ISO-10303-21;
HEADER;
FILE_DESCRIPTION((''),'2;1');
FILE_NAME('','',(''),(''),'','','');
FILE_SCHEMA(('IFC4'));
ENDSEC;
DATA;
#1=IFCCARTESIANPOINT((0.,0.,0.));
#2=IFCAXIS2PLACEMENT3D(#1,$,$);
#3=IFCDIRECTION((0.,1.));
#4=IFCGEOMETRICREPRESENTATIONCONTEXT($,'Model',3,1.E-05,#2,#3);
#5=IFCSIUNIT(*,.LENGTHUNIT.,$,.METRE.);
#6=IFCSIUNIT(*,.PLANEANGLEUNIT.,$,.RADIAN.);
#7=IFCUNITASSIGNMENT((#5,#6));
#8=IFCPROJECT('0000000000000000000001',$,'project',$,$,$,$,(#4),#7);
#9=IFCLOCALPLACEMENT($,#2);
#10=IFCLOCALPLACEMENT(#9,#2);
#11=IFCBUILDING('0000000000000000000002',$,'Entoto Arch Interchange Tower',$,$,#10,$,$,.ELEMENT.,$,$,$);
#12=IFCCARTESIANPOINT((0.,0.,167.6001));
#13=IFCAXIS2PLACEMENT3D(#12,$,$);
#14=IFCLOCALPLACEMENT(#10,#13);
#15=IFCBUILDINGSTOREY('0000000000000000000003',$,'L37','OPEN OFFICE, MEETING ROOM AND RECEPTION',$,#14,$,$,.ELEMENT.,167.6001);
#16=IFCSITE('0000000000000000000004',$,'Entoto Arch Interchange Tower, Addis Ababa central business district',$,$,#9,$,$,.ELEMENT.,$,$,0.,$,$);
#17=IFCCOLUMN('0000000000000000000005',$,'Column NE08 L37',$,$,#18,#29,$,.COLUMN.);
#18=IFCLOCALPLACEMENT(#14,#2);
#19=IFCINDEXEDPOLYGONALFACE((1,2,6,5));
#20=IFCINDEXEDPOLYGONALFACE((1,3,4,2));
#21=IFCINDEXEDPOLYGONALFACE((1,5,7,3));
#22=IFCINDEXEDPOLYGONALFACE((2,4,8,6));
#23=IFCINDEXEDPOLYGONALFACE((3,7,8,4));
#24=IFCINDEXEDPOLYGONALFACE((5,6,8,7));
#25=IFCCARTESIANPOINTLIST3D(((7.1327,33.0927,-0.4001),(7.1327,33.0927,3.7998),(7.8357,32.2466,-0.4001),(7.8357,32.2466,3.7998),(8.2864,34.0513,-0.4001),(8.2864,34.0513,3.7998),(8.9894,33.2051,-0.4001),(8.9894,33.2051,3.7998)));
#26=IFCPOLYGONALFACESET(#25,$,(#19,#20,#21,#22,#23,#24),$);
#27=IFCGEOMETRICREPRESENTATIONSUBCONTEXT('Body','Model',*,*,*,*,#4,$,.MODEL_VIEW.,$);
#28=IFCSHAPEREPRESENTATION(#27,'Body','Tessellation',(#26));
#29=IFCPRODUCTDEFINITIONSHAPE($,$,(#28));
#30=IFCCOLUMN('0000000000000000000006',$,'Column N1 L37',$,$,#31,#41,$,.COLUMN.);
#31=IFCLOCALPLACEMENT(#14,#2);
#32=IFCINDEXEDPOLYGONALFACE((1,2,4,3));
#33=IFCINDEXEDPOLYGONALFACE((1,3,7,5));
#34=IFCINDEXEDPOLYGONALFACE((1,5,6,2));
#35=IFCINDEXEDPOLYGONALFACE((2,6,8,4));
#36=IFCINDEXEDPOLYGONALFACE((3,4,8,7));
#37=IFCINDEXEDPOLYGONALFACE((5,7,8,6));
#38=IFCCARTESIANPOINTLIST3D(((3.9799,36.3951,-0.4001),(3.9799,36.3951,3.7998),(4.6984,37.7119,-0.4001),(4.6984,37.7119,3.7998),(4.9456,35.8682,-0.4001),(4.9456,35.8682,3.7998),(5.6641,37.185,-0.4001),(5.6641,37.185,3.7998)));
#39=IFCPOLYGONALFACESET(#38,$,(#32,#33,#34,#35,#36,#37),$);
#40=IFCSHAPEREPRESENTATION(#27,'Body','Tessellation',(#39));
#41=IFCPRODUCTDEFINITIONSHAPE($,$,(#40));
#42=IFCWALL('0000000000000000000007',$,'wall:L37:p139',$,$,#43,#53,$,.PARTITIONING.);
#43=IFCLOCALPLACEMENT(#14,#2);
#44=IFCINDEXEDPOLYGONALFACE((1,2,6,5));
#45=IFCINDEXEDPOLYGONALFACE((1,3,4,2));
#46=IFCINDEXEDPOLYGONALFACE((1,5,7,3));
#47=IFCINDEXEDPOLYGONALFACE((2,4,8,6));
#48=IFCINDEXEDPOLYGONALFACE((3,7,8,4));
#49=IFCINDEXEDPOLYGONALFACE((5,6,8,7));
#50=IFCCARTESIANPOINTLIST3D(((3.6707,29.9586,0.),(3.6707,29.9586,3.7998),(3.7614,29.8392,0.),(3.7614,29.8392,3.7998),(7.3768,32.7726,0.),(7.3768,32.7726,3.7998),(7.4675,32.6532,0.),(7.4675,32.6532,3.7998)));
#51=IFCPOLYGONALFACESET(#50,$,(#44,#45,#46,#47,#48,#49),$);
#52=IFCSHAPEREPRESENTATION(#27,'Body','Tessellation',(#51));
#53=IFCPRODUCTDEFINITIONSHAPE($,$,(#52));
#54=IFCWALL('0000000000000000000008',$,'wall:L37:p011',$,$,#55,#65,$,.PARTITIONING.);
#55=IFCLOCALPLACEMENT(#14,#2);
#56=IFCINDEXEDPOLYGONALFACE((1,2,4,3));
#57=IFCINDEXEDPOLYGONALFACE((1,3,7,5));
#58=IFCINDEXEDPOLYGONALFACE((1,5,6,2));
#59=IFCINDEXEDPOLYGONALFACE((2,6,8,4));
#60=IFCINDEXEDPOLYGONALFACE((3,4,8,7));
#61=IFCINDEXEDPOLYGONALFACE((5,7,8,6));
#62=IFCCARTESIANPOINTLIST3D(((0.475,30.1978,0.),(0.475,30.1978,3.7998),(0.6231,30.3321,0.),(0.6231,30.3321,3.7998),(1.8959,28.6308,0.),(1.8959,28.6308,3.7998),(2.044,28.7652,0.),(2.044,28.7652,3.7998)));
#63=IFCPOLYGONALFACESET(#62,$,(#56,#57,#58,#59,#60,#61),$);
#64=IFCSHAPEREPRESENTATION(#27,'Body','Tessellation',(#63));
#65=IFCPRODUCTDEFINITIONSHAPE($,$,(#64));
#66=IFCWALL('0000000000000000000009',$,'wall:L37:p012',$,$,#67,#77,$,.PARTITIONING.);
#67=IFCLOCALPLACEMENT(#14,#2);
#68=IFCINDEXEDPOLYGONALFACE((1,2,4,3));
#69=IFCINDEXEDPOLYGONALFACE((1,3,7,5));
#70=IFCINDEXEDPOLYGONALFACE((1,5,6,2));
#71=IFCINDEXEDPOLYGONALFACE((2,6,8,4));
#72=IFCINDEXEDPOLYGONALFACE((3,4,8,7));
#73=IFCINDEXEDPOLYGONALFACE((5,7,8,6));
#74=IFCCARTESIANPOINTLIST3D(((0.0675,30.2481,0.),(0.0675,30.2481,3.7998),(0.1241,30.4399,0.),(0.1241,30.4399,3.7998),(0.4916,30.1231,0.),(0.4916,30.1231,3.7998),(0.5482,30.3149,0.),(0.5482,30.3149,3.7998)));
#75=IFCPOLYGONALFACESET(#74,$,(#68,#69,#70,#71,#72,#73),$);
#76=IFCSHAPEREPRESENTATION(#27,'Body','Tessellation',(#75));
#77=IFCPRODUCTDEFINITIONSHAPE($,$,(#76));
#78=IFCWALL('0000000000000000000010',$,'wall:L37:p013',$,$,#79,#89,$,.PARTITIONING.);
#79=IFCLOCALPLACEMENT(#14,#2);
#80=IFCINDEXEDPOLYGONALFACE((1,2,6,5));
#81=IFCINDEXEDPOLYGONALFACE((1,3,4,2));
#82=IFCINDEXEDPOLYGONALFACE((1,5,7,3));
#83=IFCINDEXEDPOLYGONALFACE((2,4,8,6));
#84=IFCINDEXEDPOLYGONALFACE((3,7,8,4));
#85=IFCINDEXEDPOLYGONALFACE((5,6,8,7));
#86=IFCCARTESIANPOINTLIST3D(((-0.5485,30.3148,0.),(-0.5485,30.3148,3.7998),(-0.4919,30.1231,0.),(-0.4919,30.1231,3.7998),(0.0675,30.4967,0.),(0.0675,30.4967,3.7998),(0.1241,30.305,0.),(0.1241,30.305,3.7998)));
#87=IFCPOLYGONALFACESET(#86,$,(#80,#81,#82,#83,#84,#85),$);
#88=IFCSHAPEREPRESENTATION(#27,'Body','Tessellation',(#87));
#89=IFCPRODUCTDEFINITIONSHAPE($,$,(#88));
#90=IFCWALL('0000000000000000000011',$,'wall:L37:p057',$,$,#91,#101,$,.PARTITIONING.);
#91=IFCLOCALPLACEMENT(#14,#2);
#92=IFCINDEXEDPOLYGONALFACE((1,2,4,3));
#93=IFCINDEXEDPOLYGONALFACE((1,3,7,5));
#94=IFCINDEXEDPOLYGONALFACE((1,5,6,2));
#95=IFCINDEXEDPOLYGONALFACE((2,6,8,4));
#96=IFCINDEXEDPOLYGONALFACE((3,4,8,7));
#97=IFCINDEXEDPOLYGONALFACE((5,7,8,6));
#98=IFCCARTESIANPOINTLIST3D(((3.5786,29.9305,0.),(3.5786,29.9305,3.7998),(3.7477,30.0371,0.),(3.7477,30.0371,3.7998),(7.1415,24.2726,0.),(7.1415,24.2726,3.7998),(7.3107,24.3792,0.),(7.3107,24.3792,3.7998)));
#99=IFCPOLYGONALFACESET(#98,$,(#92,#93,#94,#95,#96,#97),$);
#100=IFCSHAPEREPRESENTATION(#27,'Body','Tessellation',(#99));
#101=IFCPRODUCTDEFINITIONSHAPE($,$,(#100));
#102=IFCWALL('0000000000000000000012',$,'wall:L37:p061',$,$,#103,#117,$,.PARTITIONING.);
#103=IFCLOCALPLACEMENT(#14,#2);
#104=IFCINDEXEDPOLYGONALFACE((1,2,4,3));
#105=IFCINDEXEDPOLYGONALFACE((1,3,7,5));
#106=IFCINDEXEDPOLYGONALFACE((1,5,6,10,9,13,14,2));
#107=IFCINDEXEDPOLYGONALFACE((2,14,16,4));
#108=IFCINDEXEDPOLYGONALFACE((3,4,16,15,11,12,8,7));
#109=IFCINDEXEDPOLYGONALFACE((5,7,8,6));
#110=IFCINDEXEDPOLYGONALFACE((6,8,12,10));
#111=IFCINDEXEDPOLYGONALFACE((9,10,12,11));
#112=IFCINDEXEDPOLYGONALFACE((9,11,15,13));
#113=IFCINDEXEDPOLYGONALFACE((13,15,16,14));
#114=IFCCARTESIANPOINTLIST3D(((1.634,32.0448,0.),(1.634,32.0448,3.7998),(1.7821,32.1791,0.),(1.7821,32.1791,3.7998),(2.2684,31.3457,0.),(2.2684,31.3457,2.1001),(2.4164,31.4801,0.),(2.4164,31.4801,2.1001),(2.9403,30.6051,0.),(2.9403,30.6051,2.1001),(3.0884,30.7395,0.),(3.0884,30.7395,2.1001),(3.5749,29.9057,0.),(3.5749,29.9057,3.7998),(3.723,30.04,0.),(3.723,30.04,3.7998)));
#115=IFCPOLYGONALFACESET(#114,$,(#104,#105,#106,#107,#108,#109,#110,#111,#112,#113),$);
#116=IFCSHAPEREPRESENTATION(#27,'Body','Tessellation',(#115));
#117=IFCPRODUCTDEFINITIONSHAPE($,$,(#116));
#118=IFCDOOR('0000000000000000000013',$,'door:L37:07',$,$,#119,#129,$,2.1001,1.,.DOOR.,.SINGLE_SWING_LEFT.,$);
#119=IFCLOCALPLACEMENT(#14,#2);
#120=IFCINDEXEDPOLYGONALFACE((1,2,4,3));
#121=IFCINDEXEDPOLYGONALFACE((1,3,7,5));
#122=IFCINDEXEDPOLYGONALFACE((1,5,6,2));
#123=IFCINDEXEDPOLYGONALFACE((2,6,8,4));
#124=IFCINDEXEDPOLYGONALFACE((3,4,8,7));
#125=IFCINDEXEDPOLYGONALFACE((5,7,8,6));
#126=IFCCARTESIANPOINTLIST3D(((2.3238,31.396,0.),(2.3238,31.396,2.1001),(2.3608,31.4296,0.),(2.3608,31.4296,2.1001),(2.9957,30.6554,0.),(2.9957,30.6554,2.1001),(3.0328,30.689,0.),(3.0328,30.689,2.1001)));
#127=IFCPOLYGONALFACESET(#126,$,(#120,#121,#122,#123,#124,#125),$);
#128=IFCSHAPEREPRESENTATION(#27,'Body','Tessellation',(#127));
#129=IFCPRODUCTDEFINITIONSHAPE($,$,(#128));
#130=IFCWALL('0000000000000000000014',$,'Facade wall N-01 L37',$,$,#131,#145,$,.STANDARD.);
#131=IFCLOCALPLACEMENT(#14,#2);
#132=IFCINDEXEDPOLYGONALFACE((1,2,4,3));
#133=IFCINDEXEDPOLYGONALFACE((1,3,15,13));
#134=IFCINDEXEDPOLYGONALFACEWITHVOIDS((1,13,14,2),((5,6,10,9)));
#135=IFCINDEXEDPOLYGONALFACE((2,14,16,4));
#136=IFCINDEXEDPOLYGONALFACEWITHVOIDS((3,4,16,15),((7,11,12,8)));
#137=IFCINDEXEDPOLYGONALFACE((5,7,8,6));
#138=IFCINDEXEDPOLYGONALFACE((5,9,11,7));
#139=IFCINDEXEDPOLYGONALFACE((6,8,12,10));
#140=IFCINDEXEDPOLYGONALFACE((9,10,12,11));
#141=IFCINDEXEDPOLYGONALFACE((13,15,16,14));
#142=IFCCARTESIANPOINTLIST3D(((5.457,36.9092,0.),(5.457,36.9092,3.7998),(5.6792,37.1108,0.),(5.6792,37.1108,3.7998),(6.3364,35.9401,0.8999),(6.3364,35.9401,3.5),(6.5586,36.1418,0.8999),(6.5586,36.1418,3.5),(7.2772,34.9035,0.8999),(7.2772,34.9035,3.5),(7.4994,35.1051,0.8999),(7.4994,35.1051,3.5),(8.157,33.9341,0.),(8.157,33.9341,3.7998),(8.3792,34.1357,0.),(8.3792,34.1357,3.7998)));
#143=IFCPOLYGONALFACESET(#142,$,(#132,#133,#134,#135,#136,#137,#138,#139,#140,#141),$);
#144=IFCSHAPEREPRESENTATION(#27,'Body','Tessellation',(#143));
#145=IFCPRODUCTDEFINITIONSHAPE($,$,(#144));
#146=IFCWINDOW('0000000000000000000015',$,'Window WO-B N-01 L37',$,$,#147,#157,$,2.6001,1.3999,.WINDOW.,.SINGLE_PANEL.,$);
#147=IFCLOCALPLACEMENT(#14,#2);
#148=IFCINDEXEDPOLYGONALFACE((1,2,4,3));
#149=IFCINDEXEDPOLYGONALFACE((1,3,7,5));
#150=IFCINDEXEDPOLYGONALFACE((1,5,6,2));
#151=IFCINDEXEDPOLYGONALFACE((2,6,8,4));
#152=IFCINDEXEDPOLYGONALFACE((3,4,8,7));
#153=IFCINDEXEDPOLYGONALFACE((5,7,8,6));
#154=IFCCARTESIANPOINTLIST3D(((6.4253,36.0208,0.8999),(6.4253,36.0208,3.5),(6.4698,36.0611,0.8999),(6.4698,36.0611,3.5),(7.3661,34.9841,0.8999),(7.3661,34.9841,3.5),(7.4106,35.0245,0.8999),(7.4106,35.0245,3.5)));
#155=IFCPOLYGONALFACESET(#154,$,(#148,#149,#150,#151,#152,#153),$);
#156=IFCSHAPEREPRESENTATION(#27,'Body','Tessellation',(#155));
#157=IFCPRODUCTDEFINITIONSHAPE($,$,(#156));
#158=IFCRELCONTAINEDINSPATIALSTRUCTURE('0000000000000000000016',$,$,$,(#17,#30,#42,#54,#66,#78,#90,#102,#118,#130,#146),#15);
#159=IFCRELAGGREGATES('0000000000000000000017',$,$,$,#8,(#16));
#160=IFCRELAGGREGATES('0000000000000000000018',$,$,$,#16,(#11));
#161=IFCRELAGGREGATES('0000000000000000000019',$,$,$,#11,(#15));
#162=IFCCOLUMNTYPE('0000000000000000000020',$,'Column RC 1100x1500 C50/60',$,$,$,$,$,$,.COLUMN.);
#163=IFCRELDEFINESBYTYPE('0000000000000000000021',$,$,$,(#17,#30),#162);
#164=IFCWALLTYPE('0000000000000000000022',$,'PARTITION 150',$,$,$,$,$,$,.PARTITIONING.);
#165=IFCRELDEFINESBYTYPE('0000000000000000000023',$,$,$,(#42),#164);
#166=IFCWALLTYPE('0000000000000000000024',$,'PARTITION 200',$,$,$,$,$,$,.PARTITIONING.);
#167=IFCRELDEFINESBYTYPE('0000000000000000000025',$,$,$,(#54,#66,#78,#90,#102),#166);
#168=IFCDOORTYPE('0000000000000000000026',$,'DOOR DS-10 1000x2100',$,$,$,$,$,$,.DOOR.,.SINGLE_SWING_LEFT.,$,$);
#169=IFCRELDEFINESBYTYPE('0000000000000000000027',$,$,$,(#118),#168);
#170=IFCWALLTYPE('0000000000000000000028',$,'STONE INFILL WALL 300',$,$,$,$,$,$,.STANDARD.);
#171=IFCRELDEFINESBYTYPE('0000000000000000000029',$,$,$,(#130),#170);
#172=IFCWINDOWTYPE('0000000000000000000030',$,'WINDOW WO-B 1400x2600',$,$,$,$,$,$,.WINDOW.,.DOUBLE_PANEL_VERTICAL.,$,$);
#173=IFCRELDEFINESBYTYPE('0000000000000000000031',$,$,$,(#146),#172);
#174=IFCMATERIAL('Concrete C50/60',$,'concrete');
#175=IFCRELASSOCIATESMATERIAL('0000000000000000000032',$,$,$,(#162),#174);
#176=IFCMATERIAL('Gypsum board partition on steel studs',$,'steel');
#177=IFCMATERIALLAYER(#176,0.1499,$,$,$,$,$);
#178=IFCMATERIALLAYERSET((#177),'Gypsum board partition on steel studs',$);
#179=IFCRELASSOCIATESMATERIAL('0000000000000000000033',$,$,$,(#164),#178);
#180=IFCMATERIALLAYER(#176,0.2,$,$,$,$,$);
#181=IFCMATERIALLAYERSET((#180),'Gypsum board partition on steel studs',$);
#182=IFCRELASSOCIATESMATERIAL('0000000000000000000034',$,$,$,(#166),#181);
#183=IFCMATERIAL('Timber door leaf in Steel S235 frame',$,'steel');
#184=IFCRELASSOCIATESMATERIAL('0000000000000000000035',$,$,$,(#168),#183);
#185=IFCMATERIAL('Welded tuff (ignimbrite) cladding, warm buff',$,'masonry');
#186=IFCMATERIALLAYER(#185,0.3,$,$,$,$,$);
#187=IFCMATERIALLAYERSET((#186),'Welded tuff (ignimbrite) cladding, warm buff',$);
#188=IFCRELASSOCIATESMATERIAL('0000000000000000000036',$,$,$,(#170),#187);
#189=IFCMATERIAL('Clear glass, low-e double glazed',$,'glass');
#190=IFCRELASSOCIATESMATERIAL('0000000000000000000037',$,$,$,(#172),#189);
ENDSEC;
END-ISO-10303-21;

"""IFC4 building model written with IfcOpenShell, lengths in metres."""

from ifc_helpers import new_model, si_unit, direction, frame, frame_2d, origin, origin_2d, place, context, subcontext, project, spatial, rectangle, extrude, material, layer, layer_set, material_profile, profile_set, type_object, element, fill, save


model = new_model("IFC4")

# Units and contexts
model_context = context("Model", 3, precision=1e-05, world=origin(), true_north=direction((0.0, 1.0)))
body_context = subcontext(model_context, "Body", "Model", "MODEL_VIEW")
ifc_project = project(units=[si_unit("LENGTHUNIT", "METRE"), si_unit("PLANEANGLEUNIT", "RADIAN")], contexts=[model_context])

# Site, building, storey
site_placement = place(None, origin())
site = spatial("IfcSite", under=ifc_project, at=site_placement, Name="Entoto Arch Interchange Tower, Addis Ababa central business district", CompositionType="ELEMENT", RefElevation=0.0)
building_placement = place(site_placement, origin())
building = spatial("IfcBuilding", under=site, at=building_placement, Name="Entoto Arch Interchange Tower", CompositionType="ELEMENT")
storey_placement = place(building_placement, frame((0.0, 0.0, 167.6001)))
storey = spatial("IfcBuildingStorey", under=building, at=storey_placement, Name="L37", Description="OPEN OFFICE, MEETING ROOM AND RECEPTION", CompositionType="ELEMENT", Elevation=167.6001)

# Columns
ifc_material_1 = material(Name="Concrete C50/60", Category="concrete")
ifc_material_profile = material_profile(ifc_material_1, rectangle(XDim=1.1001, YDim=1.5, at=origin_2d()))
ifc_profile_set = profile_set([ifc_material_profile], Name="Concrete C50/60")
column_type = type_object("IfcColumnType", Name="Column RC 1100x1500 C50/60", PredefinedType="COLUMN", material=ifc_profile_set)
for number, where, z_axis, x_axis, name in (
    (1, (8.061, 33.1489, -0.4001), (0.0, 0.0, 1.0), (-0.63905, 0.769165, 0.0), "Column NE08 L37"),
    (2, (4.822, 36.79, -0.4001), (0.0, 0.0, 1.0), (-0.877833, 0.478968, 0.0), "Column N1 L37"),
):
    element("IfcColumn", number, at=place(storey_placement, frame(where, z_axis=z_axis, x_axis=x_axis)), inside=storey, type_object=column_type, Name=name, PredefinedType="COLUMN", context=body_context, shape_type="SweptSolid", body=[
        extrude(rectangle(XDim=1.1001, YDim=1.5, at=origin_2d()), origin(), (0.0, 0.0, 1.0), 4.2),
    ])

# Walls
ifc_material_2 = material(Name="Gypsum board partition on steel studs", Category="steel")
ifc_layer_1 = layer(ifc_material_2, 0.1499)
ifc_layer_set_1 = layer_set([ifc_layer_1], Name="Gypsum board partition on steel studs")
wall_type_1 = type_object("IfcWallType", Name="PARTITION 150", PredefinedType="PARTITIONING", material=ifc_layer_set_1)
wall_1_placement = place(storey_placement, frame((3.7161, 29.8989, 0.0), z_axis=(0.0, 0.0, 1.0), x_axis=(0.796435, 0.604724, 0.0)))
element("IfcWall", 3, at=wall_1_placement, inside=storey, type_object=wall_type_1, Name="wall:L37:p139", PredefinedType="PARTITIONING", context=body_context, shape_type="SweptSolid", body=[
    extrude(rectangle(XDim=4.6533, YDim=0.1499, at=frame_2d((2.3267, 0.0))), origin(), (0.0, 0.0, 1.0), 3.7998),
])
ifc_layer_2 = layer(ifc_material_2, 0.2)
ifc_layer_set_2 = layer_set([ifc_layer_2], Name="Gypsum board partition on steel studs")
wall_type_2 = type_object("IfcWallType", Name="PARTITION 200", PredefinedType="PARTITIONING", material=ifc_layer_set_2)
wall_2_placement = place(storey_placement, frame((1.97, 28.698, 0.0), z_axis=(0.0, 0.0, 1.0), x_axis=(-0.671753, 0.740775, 0.0)))
element("IfcWall", 4, at=wall_2_placement, inside=storey, type_object=wall_type_2, Name="wall:L37:p011", PredefinedType="PARTITIONING", context=body_context, shape_type="SweptSolid", body=[
    extrude(rectangle(XDim=2.1152, YDim=0.2, at=frame_2d((1.0576, 0.0))), origin(), (0.0, 0.0, 1.0), 3.7998),
])
wall_3_placement = place(storey_placement, frame((0.52, 30.219, 0.0), z_axis=(0.0, 0.0, 1.0), x_axis=(-0.959198, 0.282734, 0.0)))
element("IfcWall", 5, at=wall_3_placement, inside=storey, type_object=wall_type_2, Name="wall:L37:p012", PredefinedType="PARTITIONING", context=body_context, shape_type="SweptSolid", body=[
    extrude(rectangle(XDim=0.4421, YDim=0.2, at=frame_2d((0.2212, 0.0))), origin(), (0.0, 0.0, 1.0), 3.7998),
])
wall_4_placement = place(storey_placement, frame((0.0959, 30.4009, 0.0), z_axis=(0.0, 0.0, 1.0), x_axis=(-0.959062, -0.283195, 0.0)))
element("IfcWall", 6, at=wall_4_placement, inside=storey, type_object=wall_type_2, Name="wall:L37:p013", PredefinedType="PARTITIONING", context=body_context, shape_type="SweptSolid", body=[
    extrude(rectangle(XDim=0.6423, YDim=0.2, at=frame_2d((0.3213, 0.0))), origin(), (0.0, 0.0, 1.0), 3.7998),
])
wall_5_placement = place(storey_placement, frame((3.6631, 29.9839, 0.0), z_axis=(0.0, 0.0, 1.0), x_axis=(0.532874, -0.846194, 0.0)))
element("IfcWall", 7, at=wall_5_placement, inside=storey, type_object=wall_type_2, Name="wall:L37:p057", PredefinedType="PARTITIONING", context=body_context, shape_type="SweptSolid", body=[
    extrude(rectangle(XDim=6.6863, YDim=0.2, at=frame_2d((3.3433, 0.0))), origin(), (0.0, 0.0, 1.0), 3.7998),
])

# Wall, opening, door
wall_6_placement = place(storey_placement, frame((1.708, 32.1121, 0.0), z_axis=(0.0, 0.0, 1.0), x_axis=(0.671957, -0.74059, 0.0)))
wall_6 = element("IfcWall", 8, at=wall_6_placement, inside=storey, type_object=wall_type_2, Name="wall:L37:p061", PredefinedType="PARTITIONING", context=body_context, shape_type="SweptSolid", body=[
    extrude(rectangle(XDim=2.8884, YDim=0.2, at=frame_2d((1.4443, 0.0))), origin(), (0.0, 0.0, 1.0), 3.7998),
])
opening_1_placement = place(wall_6_placement, frame((0.9441, 0.0, 0.0)))
opening_1 = element("IfcOpeningElement", 9, at=opening_1_placement, cuts=wall_6, PredefinedType="OPENING", context=body_context, shape_type="SweptSolid", body=[
    extrude(rectangle(XDim=1.0, YDim=2.1001, at=frame_2d((0.5, 1.05))), frame((0.0, 0.1099, 0.0), z_axis=(0.0, -1.0, 0.0), x_axis=(1.0, 0.0, 0.0)), (0.0, 0.0, 1.0), 0.22),
])
ifc_material_3 = material(Name="Timber door leaf in Steel S235 frame", Category="steel")
door_type = type_object("IfcDoorType", Name="DOOR DS-10 1000x2100", OperationType="SINGLE_SWING_LEFT", PredefinedType="DOOR", material=ifc_material_3)
door_placement = place(opening_1_placement, origin())
door = element("IfcDoor", 10, at=door_placement, inside=storey, type_object=door_type, Name="door:L37:07", OperationType="SINGLE_SWING_LEFT", OverallHeight=2.1001, OverallWidth=1.0, PredefinedType="DOOR", context=body_context, shape_type="SweptSolid", body=[
    extrude(rectangle(XDim=1.0, YDim=2.1001, at=frame_2d((0.5, 1.05))), frame((0.0, 0.0249, 0.0), z_axis=(0.0, -1.0, 0.0), x_axis=(1.0, 0.0, 0.0)), (0.0, 0.0, 1.0), 0.05),
])
fill(opening_1, door)

# Wall, opening, window
ifc_material_4 = material(Name="Welded tuff (ignimbrite) cladding, warm buff", Category="masonry")
ifc_layer_3 = layer(ifc_material_4, 0.3)
ifc_layer_set_3 = layer_set([ifc_layer_3], Name="Welded tuff (ignimbrite) cladding, warm buff")
wall_type_3 = type_object("IfcWallType", Name="STONE INFILL WALL 300", PredefinedType="STANDARD", material=ifc_layer_set_3)
wall_7_placement = place(storey_placement, frame((8.2681, 34.0349, 0.0), z_axis=(0.0, 0.0, 1.0), x_axis=(-0.672034, 0.74052, 0.0)))
wall_7 = element("IfcWall", 11, at=wall_7_placement, inside=storey, type_object=wall_type_3, Name="Facade wall N-01 L37", PredefinedType="STANDARD", context=body_context, shape_type="SweptSolid", body=[
    extrude(rectangle(XDim=4.0176, YDim=0.3, at=frame_2d((2.0088, 0.0))), origin(), (0.0, 0.0, 1.0), 3.7998),
])
opening_2_placement = place(wall_7_placement, frame((1.3091, 0.0, 0.8999)))
opening_2 = element("IfcOpeningElement", 12, at=opening_2_placement, cuts=wall_7, PredefinedType="OPENING", context=body_context, shape_type="SweptSolid", body=[
    extrude(rectangle(XDim=1.3999, YDim=2.6001, at=frame_2d((0.7, 1.3))), frame((0.0, 0.1602, 0.0), z_axis=(0.0, -1.0, 0.0), x_axis=(1.0, 0.0, 0.0)), (0.0, 0.0, 1.0), 0.3201),
])
ifc_material_5 = material(Name="Clear glass, low-e double glazed", Category="glass")
window_type = type_object("IfcWindowType", Name="WINDOW WO-B 1400x2600", PartitioningType="DOUBLE_PANEL_VERTICAL", PredefinedType="WINDOW", material=ifc_material_5)
window_1_placement = place(opening_2_placement, origin())
window_1 = element("IfcWindow", 13, at=window_1_placement, inside=storey, type_object=window_type, Name="Window WO-B N-01 L37", OverallHeight=2.6001, OverallWidth=1.3999, PartitioningType="SINGLE_PANEL", PredefinedType="WINDOW", context=body_context, shape_type="SweptSolid", body=[
    extrude(rectangle(XDim=1.3999, YDim=2.6001, at=frame_2d((0.7, 1.3))), frame((0.0, 0.03, 0.0), z_axis=(0.0, -1.0, 0.0), x_axis=(1.0, 0.0, 0.0)), (0.0, 0.0, 1.0), 0.0601),
])
fill(opening_2, window_1)

save(model, "model.ifc")
